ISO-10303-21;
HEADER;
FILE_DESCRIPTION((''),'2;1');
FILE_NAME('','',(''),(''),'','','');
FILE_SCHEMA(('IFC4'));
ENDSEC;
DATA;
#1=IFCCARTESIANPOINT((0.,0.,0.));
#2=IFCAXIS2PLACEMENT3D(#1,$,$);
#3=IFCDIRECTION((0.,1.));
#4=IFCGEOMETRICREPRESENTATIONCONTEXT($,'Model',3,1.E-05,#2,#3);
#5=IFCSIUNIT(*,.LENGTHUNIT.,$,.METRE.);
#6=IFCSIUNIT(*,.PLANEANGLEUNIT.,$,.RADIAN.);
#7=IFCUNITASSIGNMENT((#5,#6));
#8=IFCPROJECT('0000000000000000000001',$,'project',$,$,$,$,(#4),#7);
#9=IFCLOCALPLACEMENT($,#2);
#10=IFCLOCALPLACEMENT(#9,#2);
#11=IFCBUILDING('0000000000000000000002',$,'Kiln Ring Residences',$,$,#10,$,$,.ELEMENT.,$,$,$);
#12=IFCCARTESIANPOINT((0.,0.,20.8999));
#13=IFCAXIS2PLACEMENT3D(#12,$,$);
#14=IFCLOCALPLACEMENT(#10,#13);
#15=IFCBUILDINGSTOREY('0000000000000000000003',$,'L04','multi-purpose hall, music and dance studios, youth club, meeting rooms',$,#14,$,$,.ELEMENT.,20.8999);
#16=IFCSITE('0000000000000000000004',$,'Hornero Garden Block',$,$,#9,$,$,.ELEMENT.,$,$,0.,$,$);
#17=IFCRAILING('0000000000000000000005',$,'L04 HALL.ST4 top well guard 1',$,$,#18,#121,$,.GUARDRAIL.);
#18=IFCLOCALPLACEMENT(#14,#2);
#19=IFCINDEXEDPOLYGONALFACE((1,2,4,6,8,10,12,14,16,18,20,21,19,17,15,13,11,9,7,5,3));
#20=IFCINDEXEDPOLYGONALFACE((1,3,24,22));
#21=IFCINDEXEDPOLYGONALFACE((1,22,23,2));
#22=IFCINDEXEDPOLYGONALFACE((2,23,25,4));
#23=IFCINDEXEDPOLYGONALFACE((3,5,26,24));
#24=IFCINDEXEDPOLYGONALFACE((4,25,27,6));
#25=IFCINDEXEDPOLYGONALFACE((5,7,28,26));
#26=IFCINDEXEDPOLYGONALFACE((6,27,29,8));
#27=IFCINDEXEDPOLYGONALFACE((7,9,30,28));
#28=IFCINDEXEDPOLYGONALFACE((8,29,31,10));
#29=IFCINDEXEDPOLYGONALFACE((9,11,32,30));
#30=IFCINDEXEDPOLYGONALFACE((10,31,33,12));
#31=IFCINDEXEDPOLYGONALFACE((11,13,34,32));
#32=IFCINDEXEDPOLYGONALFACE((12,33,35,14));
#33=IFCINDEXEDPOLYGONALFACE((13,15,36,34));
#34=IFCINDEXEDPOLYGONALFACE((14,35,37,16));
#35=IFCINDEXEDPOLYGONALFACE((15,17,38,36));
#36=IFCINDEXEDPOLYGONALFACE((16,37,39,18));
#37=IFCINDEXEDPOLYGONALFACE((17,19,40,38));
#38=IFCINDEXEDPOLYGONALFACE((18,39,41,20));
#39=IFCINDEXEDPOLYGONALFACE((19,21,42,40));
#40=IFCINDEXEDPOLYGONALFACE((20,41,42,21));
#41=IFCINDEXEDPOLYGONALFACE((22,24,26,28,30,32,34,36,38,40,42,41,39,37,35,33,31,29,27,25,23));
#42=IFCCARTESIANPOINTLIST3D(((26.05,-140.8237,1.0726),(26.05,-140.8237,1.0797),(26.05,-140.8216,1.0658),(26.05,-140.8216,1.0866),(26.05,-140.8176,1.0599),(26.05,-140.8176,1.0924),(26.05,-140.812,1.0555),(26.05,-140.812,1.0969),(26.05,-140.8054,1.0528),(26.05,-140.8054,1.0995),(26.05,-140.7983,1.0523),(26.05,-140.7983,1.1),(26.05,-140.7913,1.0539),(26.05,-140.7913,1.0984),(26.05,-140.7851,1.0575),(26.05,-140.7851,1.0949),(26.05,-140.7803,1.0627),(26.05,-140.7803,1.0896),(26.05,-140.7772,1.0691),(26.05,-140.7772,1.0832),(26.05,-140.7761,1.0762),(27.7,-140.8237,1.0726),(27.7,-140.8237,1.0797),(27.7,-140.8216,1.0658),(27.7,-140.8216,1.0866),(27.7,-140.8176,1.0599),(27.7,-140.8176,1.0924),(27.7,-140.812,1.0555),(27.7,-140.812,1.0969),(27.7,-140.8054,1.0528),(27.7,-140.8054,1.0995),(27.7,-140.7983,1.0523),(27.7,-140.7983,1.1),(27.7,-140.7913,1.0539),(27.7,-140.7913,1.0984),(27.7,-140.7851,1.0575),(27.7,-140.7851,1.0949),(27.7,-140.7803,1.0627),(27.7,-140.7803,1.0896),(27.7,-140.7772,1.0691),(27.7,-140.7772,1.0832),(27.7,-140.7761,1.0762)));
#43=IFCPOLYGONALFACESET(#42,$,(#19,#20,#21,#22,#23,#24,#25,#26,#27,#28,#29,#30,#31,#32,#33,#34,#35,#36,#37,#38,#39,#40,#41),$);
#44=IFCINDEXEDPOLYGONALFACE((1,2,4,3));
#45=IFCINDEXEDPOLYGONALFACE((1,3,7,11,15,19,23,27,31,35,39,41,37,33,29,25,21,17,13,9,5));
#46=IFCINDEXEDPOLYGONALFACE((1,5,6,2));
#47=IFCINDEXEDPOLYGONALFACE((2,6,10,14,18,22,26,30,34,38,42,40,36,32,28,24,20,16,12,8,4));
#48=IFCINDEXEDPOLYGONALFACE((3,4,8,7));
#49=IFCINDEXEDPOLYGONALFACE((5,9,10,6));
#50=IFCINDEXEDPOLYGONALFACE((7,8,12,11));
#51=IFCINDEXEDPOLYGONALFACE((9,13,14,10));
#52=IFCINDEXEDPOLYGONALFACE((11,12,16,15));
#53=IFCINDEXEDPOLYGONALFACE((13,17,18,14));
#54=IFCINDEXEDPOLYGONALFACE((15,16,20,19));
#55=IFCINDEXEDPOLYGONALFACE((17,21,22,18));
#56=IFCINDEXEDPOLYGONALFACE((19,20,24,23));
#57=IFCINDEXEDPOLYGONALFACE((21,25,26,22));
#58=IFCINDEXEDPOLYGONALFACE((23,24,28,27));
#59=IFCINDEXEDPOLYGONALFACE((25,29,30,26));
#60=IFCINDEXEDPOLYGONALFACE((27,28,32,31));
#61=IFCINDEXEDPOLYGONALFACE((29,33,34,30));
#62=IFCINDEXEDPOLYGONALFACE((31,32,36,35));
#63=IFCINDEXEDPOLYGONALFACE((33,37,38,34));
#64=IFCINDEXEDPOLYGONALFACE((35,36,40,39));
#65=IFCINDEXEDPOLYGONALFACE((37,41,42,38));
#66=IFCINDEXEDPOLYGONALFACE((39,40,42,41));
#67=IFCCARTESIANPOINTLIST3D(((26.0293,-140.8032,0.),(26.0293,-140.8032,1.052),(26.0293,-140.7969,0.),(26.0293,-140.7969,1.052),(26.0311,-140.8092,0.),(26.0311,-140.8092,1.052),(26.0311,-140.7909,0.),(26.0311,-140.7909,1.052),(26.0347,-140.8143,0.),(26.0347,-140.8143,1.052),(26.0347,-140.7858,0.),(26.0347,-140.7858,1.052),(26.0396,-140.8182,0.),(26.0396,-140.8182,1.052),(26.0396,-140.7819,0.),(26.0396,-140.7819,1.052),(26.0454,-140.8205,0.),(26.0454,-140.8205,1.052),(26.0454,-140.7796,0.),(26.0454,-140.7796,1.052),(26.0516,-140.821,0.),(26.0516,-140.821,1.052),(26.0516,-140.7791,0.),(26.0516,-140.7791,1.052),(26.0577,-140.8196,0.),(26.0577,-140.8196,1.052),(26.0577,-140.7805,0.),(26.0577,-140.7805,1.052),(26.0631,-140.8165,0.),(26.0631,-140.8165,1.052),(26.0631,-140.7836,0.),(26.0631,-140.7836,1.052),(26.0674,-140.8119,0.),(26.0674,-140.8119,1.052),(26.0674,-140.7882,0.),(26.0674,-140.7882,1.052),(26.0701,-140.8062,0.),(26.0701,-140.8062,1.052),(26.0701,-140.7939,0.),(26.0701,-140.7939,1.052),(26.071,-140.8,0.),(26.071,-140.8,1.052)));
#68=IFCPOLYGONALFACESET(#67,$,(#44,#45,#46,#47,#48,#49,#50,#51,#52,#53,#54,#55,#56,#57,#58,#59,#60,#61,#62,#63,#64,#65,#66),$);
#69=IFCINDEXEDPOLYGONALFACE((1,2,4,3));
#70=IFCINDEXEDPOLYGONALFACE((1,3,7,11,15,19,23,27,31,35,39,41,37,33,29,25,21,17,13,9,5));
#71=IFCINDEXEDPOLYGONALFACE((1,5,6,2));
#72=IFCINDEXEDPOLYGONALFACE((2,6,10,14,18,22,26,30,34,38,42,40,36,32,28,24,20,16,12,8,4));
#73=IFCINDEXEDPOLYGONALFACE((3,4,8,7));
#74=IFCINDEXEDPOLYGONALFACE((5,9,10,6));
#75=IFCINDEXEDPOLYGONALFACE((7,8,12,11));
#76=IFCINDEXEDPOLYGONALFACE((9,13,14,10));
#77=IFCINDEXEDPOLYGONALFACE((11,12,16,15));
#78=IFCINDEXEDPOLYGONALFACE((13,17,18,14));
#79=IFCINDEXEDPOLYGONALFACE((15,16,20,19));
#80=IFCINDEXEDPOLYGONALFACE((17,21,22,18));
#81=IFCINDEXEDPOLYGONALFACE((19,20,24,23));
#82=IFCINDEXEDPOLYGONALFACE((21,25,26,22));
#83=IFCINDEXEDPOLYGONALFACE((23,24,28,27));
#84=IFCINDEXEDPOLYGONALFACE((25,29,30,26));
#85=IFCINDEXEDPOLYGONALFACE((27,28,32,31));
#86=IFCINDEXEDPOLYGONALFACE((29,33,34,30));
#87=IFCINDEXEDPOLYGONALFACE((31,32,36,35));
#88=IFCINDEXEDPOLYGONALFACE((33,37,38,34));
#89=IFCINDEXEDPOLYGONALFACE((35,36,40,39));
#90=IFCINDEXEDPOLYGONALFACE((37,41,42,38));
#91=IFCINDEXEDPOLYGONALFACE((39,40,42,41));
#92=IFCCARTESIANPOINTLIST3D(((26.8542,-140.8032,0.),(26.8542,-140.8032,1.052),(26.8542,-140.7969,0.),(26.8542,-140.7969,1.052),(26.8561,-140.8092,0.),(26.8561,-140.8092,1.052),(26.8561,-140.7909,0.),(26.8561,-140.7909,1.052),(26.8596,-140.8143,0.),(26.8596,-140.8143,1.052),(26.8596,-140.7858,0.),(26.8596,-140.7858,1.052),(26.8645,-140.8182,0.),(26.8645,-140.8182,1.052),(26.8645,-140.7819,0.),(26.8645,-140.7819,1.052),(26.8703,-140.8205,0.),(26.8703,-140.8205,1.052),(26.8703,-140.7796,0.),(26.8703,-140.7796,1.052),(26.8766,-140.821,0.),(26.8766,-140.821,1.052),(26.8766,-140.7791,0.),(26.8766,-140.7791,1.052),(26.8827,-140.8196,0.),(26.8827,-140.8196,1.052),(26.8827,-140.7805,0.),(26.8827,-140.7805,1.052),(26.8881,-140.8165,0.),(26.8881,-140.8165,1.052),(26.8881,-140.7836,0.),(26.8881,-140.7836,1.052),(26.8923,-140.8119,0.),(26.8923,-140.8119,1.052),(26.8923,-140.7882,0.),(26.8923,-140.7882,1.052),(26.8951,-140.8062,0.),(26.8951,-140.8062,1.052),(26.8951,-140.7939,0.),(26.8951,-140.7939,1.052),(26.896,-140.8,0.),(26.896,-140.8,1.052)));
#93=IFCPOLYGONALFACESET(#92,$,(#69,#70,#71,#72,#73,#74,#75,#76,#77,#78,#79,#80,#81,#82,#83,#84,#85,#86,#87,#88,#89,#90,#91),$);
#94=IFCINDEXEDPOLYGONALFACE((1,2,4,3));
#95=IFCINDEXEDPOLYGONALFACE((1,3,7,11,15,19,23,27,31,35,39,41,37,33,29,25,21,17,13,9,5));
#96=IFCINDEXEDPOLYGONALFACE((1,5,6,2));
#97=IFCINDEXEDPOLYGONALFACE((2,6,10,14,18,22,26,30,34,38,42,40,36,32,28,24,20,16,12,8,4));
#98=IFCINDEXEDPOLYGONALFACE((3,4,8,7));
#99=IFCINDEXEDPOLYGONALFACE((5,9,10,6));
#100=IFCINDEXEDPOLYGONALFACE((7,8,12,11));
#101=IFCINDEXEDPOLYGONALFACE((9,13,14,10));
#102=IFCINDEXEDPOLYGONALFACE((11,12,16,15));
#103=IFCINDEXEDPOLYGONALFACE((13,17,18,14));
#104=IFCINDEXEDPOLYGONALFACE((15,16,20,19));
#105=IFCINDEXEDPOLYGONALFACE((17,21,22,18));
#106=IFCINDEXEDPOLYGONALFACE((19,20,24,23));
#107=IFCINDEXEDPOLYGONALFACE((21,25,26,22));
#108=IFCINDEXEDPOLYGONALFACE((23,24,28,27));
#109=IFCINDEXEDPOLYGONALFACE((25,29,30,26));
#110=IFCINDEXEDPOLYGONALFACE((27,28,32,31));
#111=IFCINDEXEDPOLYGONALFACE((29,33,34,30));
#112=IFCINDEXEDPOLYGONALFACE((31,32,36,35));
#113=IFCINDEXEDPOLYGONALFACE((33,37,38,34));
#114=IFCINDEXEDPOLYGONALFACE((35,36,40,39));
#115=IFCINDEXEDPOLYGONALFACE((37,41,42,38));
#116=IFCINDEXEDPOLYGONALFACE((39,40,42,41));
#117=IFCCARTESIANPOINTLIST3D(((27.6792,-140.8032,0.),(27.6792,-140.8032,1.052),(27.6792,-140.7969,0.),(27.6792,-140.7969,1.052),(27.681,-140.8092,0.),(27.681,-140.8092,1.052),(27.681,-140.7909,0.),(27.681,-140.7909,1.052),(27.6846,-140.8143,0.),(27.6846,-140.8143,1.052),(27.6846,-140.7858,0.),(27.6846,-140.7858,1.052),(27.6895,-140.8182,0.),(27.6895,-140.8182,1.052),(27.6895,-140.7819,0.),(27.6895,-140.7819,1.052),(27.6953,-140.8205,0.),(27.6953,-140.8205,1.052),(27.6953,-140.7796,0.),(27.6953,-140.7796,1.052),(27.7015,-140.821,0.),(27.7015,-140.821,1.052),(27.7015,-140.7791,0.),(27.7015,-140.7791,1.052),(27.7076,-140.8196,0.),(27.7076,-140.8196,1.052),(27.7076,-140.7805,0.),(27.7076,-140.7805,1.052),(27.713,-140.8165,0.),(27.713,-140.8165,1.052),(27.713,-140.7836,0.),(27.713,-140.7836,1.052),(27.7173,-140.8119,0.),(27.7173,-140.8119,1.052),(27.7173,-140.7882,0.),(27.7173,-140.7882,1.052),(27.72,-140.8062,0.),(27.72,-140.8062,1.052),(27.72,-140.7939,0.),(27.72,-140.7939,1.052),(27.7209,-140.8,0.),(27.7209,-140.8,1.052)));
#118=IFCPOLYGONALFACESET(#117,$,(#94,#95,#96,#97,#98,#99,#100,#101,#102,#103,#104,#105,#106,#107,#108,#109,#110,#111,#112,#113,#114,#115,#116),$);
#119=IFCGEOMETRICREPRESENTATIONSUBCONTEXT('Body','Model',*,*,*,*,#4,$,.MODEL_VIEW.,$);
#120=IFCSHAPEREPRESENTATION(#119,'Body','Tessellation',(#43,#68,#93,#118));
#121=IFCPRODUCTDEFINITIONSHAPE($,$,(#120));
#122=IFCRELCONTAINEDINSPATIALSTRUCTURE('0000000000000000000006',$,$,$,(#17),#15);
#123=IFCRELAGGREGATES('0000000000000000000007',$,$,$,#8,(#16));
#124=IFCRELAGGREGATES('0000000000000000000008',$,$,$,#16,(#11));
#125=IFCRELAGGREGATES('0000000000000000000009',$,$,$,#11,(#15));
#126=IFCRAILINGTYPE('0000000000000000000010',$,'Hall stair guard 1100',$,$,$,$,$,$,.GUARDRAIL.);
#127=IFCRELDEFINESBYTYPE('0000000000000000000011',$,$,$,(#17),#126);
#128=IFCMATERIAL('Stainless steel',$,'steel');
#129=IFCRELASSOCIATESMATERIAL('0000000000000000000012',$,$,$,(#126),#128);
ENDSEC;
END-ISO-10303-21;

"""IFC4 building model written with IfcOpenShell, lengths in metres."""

from ifc_helpers import new_model, si_unit, direction, frame, origin, origin_2d, place, context, subcontext, project, spatial, circle, extrude, material, type_object, element, save


model = new_model("IFC4")

# Units and contexts
model_context = context("Model", 3, precision=1e-05, world=origin(), true_north=direction((0.0, 1.0)))
body_context = subcontext(model_context, "Body", "Model", "MODEL_VIEW")
ifc_project = project(units=[si_unit("LENGTHUNIT", "METRE"), si_unit("PLANEANGLEUNIT", "RADIAN")], contexts=[model_context])

# Site, building, storey
site_placement = place(None, origin())
site = spatial("IfcSite", under=ifc_project, at=site_placement, Name="Hornero Garden Block", CompositionType="ELEMENT", RefElevation=0.0)
building_placement = place(site_placement, origin())
building = spatial("IfcBuilding", under=site, at=building_placement, Name="Kiln Ring Residences", CompositionType="ELEMENT")
storey_placement = place(building_placement, frame((0.0, 0.0, 20.8999)))
storey = spatial("IfcBuildingStorey", under=building, at=storey_placement, Name="L04", Description="multi-purpose hall, music and dance studios, youth club, meeting rooms", CompositionType="ELEMENT", Elevation=20.8999)

# Railing
ifc_material_1 = material(Name="Stainless steel", Category="steel")
railing_type = type_object("IfcRailingType", Name="Hall stair guard 1100", PredefinedType="GUARDRAIL", material=ifc_material_1)
railing_placement = place(storey_placement, frame((26.05, -140.8, 0.0)))
element("IfcRailing", 1, at=railing_placement, inside=storey, type_object=railing_type, Name="L04 HALL.ST4 top well guard 1", PredefinedType="GUARDRAIL", context=body_context, shape_type="SweptSolid", body=[
    extrude(circle(Radius=0.0239, at=origin_2d()), frame((0.0, 0.0, 1.0762), z_axis=(1.0, 0.0, 0.0), x_axis=(0.0, 1.0, 0.0)), (0.0, 0.0, 1.0), 1.6499),
    extrude(circle(Radius=0.021, at=origin_2d()), origin(), (0.0, 0.0, 1.0), 1.052),
    extrude(circle(Radius=0.021, at=origin_2d()), frame((0.825, 0.0, 0.0)), (0.0, 0.0, 1.0), 1.052),
    extrude(circle(Radius=0.021, at=origin_2d()), frame((1.6499, 0.0, 0.0)), (0.0, 0.0, 1.0), 1.052),
])

save(model, "model.ifc")
